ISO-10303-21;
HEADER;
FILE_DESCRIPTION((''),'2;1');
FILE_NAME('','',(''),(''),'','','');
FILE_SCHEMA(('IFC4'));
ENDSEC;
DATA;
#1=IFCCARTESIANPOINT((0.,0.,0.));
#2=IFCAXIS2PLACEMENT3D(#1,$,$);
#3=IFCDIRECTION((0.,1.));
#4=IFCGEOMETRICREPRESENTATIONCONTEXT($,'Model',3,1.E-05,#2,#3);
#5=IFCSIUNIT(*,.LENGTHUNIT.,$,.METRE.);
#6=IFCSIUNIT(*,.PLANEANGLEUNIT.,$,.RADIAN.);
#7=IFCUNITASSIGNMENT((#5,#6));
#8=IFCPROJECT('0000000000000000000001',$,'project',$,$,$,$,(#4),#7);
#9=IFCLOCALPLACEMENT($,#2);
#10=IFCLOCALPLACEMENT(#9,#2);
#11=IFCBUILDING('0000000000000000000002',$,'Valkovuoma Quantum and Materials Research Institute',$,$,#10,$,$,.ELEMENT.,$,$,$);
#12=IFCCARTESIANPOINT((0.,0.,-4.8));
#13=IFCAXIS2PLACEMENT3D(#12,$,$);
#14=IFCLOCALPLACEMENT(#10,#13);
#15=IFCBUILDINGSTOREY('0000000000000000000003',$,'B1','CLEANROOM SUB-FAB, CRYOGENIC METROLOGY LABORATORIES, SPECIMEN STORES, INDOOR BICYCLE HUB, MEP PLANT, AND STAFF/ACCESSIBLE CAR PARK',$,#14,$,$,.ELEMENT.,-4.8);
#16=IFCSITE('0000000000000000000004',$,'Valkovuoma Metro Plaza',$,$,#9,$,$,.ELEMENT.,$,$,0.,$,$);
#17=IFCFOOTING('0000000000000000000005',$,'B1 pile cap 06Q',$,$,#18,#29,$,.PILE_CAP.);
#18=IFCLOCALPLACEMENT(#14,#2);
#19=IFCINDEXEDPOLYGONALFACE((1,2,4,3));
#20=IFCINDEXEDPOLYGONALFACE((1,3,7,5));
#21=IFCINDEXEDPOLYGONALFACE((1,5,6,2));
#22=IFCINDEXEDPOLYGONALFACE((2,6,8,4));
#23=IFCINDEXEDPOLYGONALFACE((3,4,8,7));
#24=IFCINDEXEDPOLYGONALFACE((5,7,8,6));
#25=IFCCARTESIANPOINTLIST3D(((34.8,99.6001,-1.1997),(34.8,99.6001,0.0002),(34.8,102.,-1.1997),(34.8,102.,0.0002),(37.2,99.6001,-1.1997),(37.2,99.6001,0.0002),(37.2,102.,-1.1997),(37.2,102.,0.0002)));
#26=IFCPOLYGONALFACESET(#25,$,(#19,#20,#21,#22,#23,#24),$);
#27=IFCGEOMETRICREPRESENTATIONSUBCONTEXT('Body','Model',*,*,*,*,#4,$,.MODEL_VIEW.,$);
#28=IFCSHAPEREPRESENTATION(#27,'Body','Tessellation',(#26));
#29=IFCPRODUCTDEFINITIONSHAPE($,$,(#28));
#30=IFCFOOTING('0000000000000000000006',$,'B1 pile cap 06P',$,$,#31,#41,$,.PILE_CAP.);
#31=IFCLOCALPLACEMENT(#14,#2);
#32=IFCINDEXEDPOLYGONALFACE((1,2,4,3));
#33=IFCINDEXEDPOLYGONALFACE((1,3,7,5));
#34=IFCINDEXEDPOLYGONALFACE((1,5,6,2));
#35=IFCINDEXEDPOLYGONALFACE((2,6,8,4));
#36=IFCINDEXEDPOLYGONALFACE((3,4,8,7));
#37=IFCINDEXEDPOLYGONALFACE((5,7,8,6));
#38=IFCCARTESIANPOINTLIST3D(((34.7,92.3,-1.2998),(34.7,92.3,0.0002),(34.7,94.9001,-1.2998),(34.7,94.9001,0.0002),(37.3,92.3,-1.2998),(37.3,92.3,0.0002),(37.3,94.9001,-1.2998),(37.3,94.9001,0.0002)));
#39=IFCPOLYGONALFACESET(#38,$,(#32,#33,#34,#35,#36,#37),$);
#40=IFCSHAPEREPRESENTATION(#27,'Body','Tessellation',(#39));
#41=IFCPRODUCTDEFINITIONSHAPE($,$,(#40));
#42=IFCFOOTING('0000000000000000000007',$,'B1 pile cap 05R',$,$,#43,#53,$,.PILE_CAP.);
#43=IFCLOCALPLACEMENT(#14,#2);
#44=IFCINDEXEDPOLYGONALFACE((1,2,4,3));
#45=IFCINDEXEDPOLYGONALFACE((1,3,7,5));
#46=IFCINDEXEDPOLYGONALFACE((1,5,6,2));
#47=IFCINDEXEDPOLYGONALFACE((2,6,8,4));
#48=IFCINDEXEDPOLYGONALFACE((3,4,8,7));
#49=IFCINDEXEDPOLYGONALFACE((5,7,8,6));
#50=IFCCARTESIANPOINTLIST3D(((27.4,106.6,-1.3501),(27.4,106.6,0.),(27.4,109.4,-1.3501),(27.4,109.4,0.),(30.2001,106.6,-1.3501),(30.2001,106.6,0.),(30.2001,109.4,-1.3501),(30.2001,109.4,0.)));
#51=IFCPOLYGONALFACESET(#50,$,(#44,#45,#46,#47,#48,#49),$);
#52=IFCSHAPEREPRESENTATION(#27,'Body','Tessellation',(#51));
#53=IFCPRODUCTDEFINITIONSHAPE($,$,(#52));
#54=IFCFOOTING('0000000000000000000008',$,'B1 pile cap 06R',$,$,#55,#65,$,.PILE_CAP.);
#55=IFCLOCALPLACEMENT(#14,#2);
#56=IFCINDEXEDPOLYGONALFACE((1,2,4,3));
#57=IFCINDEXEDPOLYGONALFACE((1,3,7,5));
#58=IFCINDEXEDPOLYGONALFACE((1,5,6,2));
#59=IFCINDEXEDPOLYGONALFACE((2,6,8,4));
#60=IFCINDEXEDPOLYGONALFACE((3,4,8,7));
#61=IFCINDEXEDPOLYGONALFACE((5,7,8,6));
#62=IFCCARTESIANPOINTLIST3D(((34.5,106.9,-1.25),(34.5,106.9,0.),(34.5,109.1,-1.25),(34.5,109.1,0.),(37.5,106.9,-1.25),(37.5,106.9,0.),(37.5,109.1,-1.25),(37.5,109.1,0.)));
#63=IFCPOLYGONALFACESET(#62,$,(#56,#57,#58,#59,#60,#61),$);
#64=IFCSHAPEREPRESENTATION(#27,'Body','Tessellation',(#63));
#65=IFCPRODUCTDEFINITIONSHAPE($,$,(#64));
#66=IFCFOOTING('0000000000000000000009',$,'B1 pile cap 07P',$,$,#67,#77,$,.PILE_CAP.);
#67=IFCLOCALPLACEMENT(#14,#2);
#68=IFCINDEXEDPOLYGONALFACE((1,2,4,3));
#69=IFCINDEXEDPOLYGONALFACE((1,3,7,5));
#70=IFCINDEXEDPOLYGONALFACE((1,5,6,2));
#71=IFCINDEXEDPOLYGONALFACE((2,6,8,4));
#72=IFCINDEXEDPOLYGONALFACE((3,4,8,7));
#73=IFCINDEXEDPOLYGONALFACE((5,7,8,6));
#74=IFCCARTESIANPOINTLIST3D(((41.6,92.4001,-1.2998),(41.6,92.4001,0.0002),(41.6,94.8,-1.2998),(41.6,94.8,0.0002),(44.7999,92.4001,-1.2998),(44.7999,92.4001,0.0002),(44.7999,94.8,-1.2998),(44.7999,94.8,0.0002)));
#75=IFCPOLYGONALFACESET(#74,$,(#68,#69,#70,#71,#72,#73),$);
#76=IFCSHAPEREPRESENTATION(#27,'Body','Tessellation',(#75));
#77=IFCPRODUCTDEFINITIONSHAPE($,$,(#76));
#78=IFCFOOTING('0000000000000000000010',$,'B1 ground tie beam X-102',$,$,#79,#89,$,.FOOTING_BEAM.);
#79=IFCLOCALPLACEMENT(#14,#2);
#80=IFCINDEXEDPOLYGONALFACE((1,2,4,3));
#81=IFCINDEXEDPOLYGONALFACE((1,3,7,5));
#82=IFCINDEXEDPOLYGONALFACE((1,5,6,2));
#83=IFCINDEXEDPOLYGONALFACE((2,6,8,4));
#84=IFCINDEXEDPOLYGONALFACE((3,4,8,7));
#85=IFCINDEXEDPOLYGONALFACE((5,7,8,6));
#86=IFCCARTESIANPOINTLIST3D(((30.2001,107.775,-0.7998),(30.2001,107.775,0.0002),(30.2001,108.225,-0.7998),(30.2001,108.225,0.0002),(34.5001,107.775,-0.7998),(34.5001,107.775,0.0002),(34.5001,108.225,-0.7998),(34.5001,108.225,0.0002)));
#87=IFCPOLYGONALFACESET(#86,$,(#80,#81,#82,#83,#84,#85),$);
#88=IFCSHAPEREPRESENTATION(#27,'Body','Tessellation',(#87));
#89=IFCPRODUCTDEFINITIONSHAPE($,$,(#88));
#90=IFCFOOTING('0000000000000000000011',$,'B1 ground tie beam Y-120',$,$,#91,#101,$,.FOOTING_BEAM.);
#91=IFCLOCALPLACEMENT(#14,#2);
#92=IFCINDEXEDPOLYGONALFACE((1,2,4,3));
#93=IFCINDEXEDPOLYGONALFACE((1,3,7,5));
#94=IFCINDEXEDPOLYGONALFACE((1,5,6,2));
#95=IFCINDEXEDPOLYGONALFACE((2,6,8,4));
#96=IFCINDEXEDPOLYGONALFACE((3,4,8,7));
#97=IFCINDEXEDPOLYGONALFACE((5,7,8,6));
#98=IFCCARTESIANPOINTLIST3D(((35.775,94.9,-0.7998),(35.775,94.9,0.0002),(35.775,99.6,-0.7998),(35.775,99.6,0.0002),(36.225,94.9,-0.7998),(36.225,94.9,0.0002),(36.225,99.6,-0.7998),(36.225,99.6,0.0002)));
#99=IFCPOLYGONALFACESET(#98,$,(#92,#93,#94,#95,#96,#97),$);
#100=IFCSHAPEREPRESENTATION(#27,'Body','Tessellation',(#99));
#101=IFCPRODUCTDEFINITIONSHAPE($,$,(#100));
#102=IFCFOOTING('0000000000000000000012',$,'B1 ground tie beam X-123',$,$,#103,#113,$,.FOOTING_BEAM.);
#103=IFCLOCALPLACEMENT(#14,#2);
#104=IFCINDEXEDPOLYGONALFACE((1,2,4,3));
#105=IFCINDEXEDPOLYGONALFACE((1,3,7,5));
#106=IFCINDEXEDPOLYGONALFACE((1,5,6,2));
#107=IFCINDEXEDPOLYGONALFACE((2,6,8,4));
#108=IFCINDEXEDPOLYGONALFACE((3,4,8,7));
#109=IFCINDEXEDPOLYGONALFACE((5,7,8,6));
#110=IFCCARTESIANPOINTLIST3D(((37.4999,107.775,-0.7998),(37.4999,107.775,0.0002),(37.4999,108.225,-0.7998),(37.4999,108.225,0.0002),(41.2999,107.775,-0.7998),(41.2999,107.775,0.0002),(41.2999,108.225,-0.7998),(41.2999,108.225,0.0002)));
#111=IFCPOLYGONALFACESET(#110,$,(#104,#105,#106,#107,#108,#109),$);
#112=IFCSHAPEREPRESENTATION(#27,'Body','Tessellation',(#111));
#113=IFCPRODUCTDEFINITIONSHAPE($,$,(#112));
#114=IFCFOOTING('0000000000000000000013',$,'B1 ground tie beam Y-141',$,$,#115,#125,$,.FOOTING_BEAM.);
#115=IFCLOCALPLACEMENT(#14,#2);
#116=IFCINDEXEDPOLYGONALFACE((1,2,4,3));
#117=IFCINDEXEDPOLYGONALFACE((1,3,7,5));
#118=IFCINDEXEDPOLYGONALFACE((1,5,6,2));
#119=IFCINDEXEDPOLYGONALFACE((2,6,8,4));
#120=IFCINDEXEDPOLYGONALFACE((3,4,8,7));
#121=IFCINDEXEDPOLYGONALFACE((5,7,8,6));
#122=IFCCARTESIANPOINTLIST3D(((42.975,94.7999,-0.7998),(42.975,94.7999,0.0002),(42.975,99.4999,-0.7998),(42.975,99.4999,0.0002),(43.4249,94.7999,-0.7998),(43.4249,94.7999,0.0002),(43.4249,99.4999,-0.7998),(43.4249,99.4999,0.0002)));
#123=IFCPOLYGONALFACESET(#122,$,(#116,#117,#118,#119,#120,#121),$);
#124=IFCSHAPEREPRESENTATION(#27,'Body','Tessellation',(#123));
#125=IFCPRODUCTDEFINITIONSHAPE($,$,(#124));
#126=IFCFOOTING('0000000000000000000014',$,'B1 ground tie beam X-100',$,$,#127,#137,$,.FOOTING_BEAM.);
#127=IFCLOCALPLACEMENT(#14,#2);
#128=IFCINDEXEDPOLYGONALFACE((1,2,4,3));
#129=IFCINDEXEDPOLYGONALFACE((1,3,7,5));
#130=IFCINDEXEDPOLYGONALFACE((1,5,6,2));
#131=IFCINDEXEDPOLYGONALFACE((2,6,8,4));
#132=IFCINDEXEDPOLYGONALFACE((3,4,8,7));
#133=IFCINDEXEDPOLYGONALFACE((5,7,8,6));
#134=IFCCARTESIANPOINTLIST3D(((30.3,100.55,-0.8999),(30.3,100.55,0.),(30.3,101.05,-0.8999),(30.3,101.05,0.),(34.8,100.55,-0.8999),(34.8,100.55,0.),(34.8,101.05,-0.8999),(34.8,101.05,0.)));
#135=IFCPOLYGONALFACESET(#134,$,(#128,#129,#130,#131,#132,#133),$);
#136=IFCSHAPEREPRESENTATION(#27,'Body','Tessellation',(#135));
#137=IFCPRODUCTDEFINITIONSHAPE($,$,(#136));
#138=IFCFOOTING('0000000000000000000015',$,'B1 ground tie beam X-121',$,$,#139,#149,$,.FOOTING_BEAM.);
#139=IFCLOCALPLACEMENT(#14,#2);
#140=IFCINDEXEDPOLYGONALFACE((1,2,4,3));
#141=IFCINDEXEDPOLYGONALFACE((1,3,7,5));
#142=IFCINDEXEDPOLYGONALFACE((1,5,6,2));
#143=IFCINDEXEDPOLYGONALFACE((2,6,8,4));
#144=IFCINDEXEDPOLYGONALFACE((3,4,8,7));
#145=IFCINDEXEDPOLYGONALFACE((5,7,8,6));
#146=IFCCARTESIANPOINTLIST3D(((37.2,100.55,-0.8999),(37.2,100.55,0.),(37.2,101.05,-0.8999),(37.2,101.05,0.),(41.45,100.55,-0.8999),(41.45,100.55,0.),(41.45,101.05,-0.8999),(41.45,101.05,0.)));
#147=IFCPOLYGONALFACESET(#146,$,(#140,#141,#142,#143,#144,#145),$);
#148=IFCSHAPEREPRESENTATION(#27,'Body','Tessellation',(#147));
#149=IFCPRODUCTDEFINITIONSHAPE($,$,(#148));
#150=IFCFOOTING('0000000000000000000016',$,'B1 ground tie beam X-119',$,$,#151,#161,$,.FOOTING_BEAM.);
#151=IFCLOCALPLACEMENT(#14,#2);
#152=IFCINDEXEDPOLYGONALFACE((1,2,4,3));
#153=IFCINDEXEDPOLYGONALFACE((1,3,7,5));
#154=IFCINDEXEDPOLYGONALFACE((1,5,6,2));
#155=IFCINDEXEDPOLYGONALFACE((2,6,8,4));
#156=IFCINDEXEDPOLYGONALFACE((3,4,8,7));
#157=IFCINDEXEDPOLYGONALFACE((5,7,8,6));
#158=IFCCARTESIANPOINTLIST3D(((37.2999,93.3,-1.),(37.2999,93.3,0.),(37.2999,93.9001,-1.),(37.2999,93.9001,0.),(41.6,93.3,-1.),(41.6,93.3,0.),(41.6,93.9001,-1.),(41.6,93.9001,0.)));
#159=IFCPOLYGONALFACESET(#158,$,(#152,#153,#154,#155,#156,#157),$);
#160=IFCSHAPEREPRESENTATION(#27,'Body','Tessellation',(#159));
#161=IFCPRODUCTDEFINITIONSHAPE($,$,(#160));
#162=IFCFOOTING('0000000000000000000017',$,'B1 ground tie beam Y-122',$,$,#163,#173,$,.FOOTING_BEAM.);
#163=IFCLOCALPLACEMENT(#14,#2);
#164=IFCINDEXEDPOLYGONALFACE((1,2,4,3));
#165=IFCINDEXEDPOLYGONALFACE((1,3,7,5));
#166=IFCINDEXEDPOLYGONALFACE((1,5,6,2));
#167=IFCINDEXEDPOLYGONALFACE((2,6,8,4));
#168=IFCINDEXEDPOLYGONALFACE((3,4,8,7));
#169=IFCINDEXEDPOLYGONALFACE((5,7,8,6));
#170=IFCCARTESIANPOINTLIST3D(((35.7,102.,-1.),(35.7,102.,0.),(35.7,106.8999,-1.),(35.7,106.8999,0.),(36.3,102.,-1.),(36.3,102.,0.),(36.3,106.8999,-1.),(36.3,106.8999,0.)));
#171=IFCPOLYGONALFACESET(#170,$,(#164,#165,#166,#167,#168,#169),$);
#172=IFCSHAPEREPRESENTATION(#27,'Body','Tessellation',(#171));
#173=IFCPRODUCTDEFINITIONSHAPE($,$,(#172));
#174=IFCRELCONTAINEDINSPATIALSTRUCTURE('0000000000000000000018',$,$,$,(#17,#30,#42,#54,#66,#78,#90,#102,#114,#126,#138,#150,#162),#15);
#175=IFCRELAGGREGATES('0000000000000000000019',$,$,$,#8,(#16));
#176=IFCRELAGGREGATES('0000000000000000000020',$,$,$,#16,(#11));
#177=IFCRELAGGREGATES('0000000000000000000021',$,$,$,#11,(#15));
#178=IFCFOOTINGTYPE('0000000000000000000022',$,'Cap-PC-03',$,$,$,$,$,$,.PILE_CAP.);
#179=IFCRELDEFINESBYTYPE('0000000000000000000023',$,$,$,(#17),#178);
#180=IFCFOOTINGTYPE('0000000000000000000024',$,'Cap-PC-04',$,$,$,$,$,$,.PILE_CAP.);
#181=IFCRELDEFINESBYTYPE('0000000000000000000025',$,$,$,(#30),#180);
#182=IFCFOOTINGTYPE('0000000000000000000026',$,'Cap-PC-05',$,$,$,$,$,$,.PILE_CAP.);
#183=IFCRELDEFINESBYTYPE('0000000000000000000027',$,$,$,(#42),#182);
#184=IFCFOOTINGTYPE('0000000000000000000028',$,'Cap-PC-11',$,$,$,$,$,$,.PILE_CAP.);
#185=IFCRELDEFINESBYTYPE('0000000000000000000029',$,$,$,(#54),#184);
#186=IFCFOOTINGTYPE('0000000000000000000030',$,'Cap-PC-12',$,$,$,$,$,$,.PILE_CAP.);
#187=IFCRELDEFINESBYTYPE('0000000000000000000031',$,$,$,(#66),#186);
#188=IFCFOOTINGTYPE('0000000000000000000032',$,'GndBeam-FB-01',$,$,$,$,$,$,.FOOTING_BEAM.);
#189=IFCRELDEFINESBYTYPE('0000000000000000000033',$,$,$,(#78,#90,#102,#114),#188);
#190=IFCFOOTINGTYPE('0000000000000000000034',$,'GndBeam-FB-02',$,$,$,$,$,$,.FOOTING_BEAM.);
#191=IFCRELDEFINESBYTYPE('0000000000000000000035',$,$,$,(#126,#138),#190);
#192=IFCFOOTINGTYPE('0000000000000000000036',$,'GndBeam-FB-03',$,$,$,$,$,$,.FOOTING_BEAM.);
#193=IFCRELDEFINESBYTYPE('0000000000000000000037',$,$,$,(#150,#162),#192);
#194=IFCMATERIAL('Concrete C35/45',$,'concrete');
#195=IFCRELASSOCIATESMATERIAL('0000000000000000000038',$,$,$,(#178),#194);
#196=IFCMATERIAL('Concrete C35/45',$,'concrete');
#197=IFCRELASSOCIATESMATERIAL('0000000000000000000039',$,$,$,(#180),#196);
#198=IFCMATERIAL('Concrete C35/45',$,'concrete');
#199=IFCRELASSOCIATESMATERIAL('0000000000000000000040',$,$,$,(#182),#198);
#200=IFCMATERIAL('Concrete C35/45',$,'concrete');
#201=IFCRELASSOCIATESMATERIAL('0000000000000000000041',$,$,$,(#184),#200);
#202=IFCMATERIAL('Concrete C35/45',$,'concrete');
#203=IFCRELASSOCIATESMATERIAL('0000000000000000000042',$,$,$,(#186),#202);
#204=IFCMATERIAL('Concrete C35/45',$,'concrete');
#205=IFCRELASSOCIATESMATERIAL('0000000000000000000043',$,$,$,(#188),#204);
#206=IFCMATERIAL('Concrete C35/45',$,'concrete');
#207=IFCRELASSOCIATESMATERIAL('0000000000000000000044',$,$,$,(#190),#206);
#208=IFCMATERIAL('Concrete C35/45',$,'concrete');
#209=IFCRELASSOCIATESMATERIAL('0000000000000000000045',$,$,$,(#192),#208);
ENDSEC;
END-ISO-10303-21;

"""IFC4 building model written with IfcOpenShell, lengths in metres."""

from ifc_helpers import new_model, si_unit, direction, frame, origin, origin_2d, place, context, subcontext, project, spatial, rectangle, extrude, material, type_object, element, save


model = new_model("IFC4")

# Units and contexts
model_context = context("Model", 3, precision=1e-05, world=origin(), true_north=direction((0.0, 1.0)))
body_context = subcontext(model_context, "Body", "Model", "MODEL_VIEW")
ifc_project = project(units=[si_unit("LENGTHUNIT", "METRE"), si_unit("PLANEANGLEUNIT", "RADIAN")], contexts=[model_context])

# Site, building, storey
site_placement = place(None, origin())
site = spatial("IfcSite", under=ifc_project, at=site_placement, Name="Valkovuoma Metro Plaza", CompositionType="ELEMENT", RefElevation=0.0)
building_placement = place(site_placement, origin())
building = spatial("IfcBuilding", under=site, at=building_placement, Name="Valkovuoma Quantum and Materials Research Institute", CompositionType="ELEMENT")
storey_placement = place(building_placement, frame((0.0, 0.0, -4.8)))
storey = spatial("IfcBuildingStorey", under=building, at=storey_placement, Name="B1", Description="CLEANROOM SUB-FAB, CRYOGENIC METROLOGY LABORATORIES, SPECIMEN STORES, INDOOR BICYCLE HUB, MEP PLANT, AND STAFF/ACCESSIBLE CAR PARK", CompositionType="ELEMENT", Elevation=-4.8)

# Footings
ifc_material_1 = material(Name="Concrete C35/45", Category="concrete")
footing_type_1 = type_object("IfcFootingType", Name="Cap-PC-03", PredefinedType="PILE_CAP", material=ifc_material_1)
footing_1_placement = place(storey_placement, frame((36.0, 100.8, -1.1997), z_axis=(0.0, 0.0, 1.0), x_axis=(1.0, 0.0, 0.0)))
element("IfcFooting", 1, at=footing_1_placement, inside=storey, type_object=footing_type_1, Name="B1 pile cap 06Q", PredefinedType="PILE_CAP", context=body_context, shape_type="SweptSolid", body=[
    extrude(rectangle(XDim=2.3999, YDim=2.3999, at=origin_2d()), origin(), (0.0, 0.0, 1.0), 1.2),
])
ifc_material_2 = material(Name="Concrete C35/45", Category="concrete")
footing_type_2 = type_object("IfcFootingType", Name="Cap-PC-04", PredefinedType="PILE_CAP", material=ifc_material_2)
footing_2_placement = place(storey_placement, frame((36.0, 93.6001, -1.2998), z_axis=(0.0, 0.0, 1.0), x_axis=(1.0, 0.0, 0.0)))
element("IfcFooting", 2, at=footing_2_placement, inside=storey, type_object=footing_type_2, Name="B1 pile cap 06P", PredefinedType="PILE_CAP", context=body_context, shape_type="SweptSolid", body=[
    extrude(rectangle(XDim=2.6001, YDim=2.6001, at=origin_2d()), origin(), (0.0, 0.0, 1.0), 1.3),
])
ifc_material_3 = material(Name="Concrete C35/45", Category="concrete")
footing_type_3 = type_object("IfcFootingType", Name="Cap-PC-05", PredefinedType="PILE_CAP", material=ifc_material_3)
footing_3_placement = place(storey_placement, frame((28.8, 108.0, -1.3501), z_axis=(0.0, 0.0, 1.0), x_axis=(1.0, 0.0, 0.0)))
element("IfcFooting", 3, at=footing_3_placement, inside=storey, type_object=footing_type_3, Name="B1 pile cap 05R", PredefinedType="PILE_CAP", context=body_context, shape_type="SweptSolid", body=[
    extrude(rectangle(XDim=2.8, YDim=2.8, at=origin_2d()), origin(), (0.0, 0.0, 1.0), 1.3501),
])
ifc_material_4 = material(Name="Concrete C35/45", Category="concrete")
footing_type_4 = type_object("IfcFootingType", Name="Cap-PC-11", PredefinedType="PILE_CAP", material=ifc_material_4)
footing_4_placement = place(storey_placement, frame((36.0, 108.0, -1.25), z_axis=(0.0, 0.0, 1.0), x_axis=(1.0, 0.0, 0.0)))
element("IfcFooting", 4, at=footing_4_placement, inside=storey, type_object=footing_type_4, Name="B1 pile cap 06R", PredefinedType="PILE_CAP", context=body_context, shape_type="SweptSolid", body=[
    extrude(rectangle(XDim=3.0, YDim=2.2, at=origin_2d()), origin(), (0.0, 0.0, 1.0), 1.25),
])
ifc_material_5 = material(Name="Concrete C35/45", Category="concrete")
footing_type_5 = type_object("IfcFootingType", Name="Cap-PC-12", PredefinedType="PILE_CAP", material=ifc_material_5)
footing_5_placement = place(storey_placement, frame((43.2, 93.6001, -1.2998), z_axis=(0.0, 0.0, 1.0), x_axis=(1.0, 0.0, 0.0)))
element("IfcFooting", 5, at=footing_5_placement, inside=storey, type_object=footing_type_5, Name="B1 pile cap 07P", PredefinedType="PILE_CAP", context=body_context, shape_type="SweptSolid", body=[
    extrude(rectangle(XDim=3.2, YDim=2.3999, at=origin_2d()), origin(), (0.0, 0.0, 1.0), 1.3),
])
ifc_material_6 = material(Name="Concrete C35/45", Category="concrete")
footing_type_6 = type_object("IfcFootingType", Name="GndBeam-FB-01", PredefinedType="FOOTING_BEAM", material=ifc_material_6)
footing_6_placement = place(storey_placement, frame((32.3501, 108.0, -0.7998), z_axis=(0.0, 0.0, 1.0), x_axis=(1.0, 0.0, 0.0)))
element("IfcFooting", 6, at=footing_6_placement, inside=storey, type_object=footing_type_6, Name="B1 ground tie beam X-102", PredefinedType="FOOTING_BEAM", context=body_context, shape_type="SweptSolid", body=[
    extrude(rectangle(XDim=4.3, YDim=0.45, at=origin_2d()), origin(), (0.0, 0.0, 1.0), 0.8),
])
footing_7_placement = place(storey_placement, frame((36.0, 97.25, -0.7998), z_axis=(0.0, 0.0, 1.0), x_axis=(0.0, 1.0, 0.0)))
element("IfcFooting", 7, at=footing_7_placement, inside=storey, type_object=footing_type_6, Name="B1 ground tie beam Y-120", PredefinedType="FOOTING_BEAM", context=body_context, shape_type="SweptSolid", body=[
    extrude(rectangle(XDim=4.7, YDim=0.45, at=origin_2d()), origin(), (0.0, 0.0, 1.0), 0.8),
])
footing_8_placement = place(storey_placement, frame((39.3999, 108.0, -0.7998), z_axis=(0.0, 0.0, 1.0), x_axis=(1.0, 0.0, 0.0)))
element("IfcFooting", 8, at=footing_8_placement, inside=storey, type_object=footing_type_6, Name="B1 ground tie beam X-123", PredefinedType="FOOTING_BEAM", context=body_context, shape_type="SweptSolid", body=[
    extrude(rectangle(XDim=3.8, YDim=0.45, at=origin_2d()), origin(), (0.0, 0.0, 1.0), 0.8),
])
footing_9_placement = place(storey_placement, frame((43.2, 97.1499, -0.7998), z_axis=(0.0, 0.0, 1.0), x_axis=(0.0, 1.0, 0.0)))
element("IfcFooting", 9, at=footing_9_placement, inside=storey, type_object=footing_type_6, Name="B1 ground tie beam Y-141", PredefinedType="FOOTING_BEAM", context=body_context, shape_type="SweptSolid", body=[
    extrude(rectangle(XDim=4.7, YDim=0.45, at=origin_2d()), origin(), (0.0, 0.0, 1.0), 0.8),
])
ifc_material_7 = material(Name="Concrete C35/45", Category="concrete")
footing_type_7 = type_object("IfcFootingType", Name="GndBeam-FB-02", PredefinedType="FOOTING_BEAM", material=ifc_material_7)
footing_10_placement = place(storey_placement, frame((32.55, 100.8, -0.8999), z_axis=(0.0, 0.0, 1.0), x_axis=(1.0, 0.0, 0.0)))
element("IfcFooting", 10, at=footing_10_placement, inside=storey, type_object=footing_type_7, Name="B1 ground tie beam X-100", PredefinedType="FOOTING_BEAM", context=body_context, shape_type="SweptSolid", body=[
    extrude(rectangle(XDim=4.5, YDim=0.5, at=origin_2d()), origin(), (0.0, 0.0, 1.0), 0.8999),
])
footing_11_placement = place(storey_placement, frame((39.325, 100.8, -0.8999), z_axis=(0.0, 0.0, 1.0), x_axis=(1.0, 0.0, 0.0)))
element("IfcFooting", 11, at=footing_11_placement, inside=storey, type_object=footing_type_7, Name="B1 ground tie beam X-121", PredefinedType="FOOTING_BEAM", context=body_context, shape_type="SweptSolid", body=[
    extrude(rectangle(XDim=4.25, YDim=0.5, at=origin_2d()), origin(), (0.0, 0.0, 1.0), 0.8999),
])
ifc_material_8 = material(Name="Concrete C35/45", Category="concrete")
footing_type_8 = type_object("IfcFootingType", Name="GndBeam-FB-03", PredefinedType="FOOTING_BEAM", material=ifc_material_8)
footing_12_placement = place(storey_placement, frame((39.45, 93.6001, -1.0), z_axis=(0.0, 0.0, 1.0), x_axis=(1.0, 0.0, 0.0)))
element("IfcFooting", 12, at=footing_12_placement, inside=storey, type_object=footing_type_8, Name="B1 ground tie beam X-119", PredefinedType="FOOTING_BEAM", context=body_context, shape_type="SweptSolid", body=[
    extrude(rectangle(XDim=4.3, YDim=0.6001, at=origin_2d()), origin(), (0.0, 0.0, 1.0), 1.0),
])
footing_13_placement = place(storey_placement, frame((36.0, 104.45, -1.0), z_axis=(0.0, 0.0, 1.0), x_axis=(0.0, 1.0, 0.0)))
element("IfcFooting", 13, at=footing_13_placement, inside=storey, type_object=footing_type_8, Name="B1 ground tie beam Y-122", PredefinedType="FOOTING_BEAM", context=body_context, shape_type="SweptSolid", body=[
    extrude(rectangle(XDim=4.8999, YDim=0.6001, at=origin_2d()), origin(), (0.0, 0.0, 1.0), 1.0),
])

save(model, "model.ifc")
